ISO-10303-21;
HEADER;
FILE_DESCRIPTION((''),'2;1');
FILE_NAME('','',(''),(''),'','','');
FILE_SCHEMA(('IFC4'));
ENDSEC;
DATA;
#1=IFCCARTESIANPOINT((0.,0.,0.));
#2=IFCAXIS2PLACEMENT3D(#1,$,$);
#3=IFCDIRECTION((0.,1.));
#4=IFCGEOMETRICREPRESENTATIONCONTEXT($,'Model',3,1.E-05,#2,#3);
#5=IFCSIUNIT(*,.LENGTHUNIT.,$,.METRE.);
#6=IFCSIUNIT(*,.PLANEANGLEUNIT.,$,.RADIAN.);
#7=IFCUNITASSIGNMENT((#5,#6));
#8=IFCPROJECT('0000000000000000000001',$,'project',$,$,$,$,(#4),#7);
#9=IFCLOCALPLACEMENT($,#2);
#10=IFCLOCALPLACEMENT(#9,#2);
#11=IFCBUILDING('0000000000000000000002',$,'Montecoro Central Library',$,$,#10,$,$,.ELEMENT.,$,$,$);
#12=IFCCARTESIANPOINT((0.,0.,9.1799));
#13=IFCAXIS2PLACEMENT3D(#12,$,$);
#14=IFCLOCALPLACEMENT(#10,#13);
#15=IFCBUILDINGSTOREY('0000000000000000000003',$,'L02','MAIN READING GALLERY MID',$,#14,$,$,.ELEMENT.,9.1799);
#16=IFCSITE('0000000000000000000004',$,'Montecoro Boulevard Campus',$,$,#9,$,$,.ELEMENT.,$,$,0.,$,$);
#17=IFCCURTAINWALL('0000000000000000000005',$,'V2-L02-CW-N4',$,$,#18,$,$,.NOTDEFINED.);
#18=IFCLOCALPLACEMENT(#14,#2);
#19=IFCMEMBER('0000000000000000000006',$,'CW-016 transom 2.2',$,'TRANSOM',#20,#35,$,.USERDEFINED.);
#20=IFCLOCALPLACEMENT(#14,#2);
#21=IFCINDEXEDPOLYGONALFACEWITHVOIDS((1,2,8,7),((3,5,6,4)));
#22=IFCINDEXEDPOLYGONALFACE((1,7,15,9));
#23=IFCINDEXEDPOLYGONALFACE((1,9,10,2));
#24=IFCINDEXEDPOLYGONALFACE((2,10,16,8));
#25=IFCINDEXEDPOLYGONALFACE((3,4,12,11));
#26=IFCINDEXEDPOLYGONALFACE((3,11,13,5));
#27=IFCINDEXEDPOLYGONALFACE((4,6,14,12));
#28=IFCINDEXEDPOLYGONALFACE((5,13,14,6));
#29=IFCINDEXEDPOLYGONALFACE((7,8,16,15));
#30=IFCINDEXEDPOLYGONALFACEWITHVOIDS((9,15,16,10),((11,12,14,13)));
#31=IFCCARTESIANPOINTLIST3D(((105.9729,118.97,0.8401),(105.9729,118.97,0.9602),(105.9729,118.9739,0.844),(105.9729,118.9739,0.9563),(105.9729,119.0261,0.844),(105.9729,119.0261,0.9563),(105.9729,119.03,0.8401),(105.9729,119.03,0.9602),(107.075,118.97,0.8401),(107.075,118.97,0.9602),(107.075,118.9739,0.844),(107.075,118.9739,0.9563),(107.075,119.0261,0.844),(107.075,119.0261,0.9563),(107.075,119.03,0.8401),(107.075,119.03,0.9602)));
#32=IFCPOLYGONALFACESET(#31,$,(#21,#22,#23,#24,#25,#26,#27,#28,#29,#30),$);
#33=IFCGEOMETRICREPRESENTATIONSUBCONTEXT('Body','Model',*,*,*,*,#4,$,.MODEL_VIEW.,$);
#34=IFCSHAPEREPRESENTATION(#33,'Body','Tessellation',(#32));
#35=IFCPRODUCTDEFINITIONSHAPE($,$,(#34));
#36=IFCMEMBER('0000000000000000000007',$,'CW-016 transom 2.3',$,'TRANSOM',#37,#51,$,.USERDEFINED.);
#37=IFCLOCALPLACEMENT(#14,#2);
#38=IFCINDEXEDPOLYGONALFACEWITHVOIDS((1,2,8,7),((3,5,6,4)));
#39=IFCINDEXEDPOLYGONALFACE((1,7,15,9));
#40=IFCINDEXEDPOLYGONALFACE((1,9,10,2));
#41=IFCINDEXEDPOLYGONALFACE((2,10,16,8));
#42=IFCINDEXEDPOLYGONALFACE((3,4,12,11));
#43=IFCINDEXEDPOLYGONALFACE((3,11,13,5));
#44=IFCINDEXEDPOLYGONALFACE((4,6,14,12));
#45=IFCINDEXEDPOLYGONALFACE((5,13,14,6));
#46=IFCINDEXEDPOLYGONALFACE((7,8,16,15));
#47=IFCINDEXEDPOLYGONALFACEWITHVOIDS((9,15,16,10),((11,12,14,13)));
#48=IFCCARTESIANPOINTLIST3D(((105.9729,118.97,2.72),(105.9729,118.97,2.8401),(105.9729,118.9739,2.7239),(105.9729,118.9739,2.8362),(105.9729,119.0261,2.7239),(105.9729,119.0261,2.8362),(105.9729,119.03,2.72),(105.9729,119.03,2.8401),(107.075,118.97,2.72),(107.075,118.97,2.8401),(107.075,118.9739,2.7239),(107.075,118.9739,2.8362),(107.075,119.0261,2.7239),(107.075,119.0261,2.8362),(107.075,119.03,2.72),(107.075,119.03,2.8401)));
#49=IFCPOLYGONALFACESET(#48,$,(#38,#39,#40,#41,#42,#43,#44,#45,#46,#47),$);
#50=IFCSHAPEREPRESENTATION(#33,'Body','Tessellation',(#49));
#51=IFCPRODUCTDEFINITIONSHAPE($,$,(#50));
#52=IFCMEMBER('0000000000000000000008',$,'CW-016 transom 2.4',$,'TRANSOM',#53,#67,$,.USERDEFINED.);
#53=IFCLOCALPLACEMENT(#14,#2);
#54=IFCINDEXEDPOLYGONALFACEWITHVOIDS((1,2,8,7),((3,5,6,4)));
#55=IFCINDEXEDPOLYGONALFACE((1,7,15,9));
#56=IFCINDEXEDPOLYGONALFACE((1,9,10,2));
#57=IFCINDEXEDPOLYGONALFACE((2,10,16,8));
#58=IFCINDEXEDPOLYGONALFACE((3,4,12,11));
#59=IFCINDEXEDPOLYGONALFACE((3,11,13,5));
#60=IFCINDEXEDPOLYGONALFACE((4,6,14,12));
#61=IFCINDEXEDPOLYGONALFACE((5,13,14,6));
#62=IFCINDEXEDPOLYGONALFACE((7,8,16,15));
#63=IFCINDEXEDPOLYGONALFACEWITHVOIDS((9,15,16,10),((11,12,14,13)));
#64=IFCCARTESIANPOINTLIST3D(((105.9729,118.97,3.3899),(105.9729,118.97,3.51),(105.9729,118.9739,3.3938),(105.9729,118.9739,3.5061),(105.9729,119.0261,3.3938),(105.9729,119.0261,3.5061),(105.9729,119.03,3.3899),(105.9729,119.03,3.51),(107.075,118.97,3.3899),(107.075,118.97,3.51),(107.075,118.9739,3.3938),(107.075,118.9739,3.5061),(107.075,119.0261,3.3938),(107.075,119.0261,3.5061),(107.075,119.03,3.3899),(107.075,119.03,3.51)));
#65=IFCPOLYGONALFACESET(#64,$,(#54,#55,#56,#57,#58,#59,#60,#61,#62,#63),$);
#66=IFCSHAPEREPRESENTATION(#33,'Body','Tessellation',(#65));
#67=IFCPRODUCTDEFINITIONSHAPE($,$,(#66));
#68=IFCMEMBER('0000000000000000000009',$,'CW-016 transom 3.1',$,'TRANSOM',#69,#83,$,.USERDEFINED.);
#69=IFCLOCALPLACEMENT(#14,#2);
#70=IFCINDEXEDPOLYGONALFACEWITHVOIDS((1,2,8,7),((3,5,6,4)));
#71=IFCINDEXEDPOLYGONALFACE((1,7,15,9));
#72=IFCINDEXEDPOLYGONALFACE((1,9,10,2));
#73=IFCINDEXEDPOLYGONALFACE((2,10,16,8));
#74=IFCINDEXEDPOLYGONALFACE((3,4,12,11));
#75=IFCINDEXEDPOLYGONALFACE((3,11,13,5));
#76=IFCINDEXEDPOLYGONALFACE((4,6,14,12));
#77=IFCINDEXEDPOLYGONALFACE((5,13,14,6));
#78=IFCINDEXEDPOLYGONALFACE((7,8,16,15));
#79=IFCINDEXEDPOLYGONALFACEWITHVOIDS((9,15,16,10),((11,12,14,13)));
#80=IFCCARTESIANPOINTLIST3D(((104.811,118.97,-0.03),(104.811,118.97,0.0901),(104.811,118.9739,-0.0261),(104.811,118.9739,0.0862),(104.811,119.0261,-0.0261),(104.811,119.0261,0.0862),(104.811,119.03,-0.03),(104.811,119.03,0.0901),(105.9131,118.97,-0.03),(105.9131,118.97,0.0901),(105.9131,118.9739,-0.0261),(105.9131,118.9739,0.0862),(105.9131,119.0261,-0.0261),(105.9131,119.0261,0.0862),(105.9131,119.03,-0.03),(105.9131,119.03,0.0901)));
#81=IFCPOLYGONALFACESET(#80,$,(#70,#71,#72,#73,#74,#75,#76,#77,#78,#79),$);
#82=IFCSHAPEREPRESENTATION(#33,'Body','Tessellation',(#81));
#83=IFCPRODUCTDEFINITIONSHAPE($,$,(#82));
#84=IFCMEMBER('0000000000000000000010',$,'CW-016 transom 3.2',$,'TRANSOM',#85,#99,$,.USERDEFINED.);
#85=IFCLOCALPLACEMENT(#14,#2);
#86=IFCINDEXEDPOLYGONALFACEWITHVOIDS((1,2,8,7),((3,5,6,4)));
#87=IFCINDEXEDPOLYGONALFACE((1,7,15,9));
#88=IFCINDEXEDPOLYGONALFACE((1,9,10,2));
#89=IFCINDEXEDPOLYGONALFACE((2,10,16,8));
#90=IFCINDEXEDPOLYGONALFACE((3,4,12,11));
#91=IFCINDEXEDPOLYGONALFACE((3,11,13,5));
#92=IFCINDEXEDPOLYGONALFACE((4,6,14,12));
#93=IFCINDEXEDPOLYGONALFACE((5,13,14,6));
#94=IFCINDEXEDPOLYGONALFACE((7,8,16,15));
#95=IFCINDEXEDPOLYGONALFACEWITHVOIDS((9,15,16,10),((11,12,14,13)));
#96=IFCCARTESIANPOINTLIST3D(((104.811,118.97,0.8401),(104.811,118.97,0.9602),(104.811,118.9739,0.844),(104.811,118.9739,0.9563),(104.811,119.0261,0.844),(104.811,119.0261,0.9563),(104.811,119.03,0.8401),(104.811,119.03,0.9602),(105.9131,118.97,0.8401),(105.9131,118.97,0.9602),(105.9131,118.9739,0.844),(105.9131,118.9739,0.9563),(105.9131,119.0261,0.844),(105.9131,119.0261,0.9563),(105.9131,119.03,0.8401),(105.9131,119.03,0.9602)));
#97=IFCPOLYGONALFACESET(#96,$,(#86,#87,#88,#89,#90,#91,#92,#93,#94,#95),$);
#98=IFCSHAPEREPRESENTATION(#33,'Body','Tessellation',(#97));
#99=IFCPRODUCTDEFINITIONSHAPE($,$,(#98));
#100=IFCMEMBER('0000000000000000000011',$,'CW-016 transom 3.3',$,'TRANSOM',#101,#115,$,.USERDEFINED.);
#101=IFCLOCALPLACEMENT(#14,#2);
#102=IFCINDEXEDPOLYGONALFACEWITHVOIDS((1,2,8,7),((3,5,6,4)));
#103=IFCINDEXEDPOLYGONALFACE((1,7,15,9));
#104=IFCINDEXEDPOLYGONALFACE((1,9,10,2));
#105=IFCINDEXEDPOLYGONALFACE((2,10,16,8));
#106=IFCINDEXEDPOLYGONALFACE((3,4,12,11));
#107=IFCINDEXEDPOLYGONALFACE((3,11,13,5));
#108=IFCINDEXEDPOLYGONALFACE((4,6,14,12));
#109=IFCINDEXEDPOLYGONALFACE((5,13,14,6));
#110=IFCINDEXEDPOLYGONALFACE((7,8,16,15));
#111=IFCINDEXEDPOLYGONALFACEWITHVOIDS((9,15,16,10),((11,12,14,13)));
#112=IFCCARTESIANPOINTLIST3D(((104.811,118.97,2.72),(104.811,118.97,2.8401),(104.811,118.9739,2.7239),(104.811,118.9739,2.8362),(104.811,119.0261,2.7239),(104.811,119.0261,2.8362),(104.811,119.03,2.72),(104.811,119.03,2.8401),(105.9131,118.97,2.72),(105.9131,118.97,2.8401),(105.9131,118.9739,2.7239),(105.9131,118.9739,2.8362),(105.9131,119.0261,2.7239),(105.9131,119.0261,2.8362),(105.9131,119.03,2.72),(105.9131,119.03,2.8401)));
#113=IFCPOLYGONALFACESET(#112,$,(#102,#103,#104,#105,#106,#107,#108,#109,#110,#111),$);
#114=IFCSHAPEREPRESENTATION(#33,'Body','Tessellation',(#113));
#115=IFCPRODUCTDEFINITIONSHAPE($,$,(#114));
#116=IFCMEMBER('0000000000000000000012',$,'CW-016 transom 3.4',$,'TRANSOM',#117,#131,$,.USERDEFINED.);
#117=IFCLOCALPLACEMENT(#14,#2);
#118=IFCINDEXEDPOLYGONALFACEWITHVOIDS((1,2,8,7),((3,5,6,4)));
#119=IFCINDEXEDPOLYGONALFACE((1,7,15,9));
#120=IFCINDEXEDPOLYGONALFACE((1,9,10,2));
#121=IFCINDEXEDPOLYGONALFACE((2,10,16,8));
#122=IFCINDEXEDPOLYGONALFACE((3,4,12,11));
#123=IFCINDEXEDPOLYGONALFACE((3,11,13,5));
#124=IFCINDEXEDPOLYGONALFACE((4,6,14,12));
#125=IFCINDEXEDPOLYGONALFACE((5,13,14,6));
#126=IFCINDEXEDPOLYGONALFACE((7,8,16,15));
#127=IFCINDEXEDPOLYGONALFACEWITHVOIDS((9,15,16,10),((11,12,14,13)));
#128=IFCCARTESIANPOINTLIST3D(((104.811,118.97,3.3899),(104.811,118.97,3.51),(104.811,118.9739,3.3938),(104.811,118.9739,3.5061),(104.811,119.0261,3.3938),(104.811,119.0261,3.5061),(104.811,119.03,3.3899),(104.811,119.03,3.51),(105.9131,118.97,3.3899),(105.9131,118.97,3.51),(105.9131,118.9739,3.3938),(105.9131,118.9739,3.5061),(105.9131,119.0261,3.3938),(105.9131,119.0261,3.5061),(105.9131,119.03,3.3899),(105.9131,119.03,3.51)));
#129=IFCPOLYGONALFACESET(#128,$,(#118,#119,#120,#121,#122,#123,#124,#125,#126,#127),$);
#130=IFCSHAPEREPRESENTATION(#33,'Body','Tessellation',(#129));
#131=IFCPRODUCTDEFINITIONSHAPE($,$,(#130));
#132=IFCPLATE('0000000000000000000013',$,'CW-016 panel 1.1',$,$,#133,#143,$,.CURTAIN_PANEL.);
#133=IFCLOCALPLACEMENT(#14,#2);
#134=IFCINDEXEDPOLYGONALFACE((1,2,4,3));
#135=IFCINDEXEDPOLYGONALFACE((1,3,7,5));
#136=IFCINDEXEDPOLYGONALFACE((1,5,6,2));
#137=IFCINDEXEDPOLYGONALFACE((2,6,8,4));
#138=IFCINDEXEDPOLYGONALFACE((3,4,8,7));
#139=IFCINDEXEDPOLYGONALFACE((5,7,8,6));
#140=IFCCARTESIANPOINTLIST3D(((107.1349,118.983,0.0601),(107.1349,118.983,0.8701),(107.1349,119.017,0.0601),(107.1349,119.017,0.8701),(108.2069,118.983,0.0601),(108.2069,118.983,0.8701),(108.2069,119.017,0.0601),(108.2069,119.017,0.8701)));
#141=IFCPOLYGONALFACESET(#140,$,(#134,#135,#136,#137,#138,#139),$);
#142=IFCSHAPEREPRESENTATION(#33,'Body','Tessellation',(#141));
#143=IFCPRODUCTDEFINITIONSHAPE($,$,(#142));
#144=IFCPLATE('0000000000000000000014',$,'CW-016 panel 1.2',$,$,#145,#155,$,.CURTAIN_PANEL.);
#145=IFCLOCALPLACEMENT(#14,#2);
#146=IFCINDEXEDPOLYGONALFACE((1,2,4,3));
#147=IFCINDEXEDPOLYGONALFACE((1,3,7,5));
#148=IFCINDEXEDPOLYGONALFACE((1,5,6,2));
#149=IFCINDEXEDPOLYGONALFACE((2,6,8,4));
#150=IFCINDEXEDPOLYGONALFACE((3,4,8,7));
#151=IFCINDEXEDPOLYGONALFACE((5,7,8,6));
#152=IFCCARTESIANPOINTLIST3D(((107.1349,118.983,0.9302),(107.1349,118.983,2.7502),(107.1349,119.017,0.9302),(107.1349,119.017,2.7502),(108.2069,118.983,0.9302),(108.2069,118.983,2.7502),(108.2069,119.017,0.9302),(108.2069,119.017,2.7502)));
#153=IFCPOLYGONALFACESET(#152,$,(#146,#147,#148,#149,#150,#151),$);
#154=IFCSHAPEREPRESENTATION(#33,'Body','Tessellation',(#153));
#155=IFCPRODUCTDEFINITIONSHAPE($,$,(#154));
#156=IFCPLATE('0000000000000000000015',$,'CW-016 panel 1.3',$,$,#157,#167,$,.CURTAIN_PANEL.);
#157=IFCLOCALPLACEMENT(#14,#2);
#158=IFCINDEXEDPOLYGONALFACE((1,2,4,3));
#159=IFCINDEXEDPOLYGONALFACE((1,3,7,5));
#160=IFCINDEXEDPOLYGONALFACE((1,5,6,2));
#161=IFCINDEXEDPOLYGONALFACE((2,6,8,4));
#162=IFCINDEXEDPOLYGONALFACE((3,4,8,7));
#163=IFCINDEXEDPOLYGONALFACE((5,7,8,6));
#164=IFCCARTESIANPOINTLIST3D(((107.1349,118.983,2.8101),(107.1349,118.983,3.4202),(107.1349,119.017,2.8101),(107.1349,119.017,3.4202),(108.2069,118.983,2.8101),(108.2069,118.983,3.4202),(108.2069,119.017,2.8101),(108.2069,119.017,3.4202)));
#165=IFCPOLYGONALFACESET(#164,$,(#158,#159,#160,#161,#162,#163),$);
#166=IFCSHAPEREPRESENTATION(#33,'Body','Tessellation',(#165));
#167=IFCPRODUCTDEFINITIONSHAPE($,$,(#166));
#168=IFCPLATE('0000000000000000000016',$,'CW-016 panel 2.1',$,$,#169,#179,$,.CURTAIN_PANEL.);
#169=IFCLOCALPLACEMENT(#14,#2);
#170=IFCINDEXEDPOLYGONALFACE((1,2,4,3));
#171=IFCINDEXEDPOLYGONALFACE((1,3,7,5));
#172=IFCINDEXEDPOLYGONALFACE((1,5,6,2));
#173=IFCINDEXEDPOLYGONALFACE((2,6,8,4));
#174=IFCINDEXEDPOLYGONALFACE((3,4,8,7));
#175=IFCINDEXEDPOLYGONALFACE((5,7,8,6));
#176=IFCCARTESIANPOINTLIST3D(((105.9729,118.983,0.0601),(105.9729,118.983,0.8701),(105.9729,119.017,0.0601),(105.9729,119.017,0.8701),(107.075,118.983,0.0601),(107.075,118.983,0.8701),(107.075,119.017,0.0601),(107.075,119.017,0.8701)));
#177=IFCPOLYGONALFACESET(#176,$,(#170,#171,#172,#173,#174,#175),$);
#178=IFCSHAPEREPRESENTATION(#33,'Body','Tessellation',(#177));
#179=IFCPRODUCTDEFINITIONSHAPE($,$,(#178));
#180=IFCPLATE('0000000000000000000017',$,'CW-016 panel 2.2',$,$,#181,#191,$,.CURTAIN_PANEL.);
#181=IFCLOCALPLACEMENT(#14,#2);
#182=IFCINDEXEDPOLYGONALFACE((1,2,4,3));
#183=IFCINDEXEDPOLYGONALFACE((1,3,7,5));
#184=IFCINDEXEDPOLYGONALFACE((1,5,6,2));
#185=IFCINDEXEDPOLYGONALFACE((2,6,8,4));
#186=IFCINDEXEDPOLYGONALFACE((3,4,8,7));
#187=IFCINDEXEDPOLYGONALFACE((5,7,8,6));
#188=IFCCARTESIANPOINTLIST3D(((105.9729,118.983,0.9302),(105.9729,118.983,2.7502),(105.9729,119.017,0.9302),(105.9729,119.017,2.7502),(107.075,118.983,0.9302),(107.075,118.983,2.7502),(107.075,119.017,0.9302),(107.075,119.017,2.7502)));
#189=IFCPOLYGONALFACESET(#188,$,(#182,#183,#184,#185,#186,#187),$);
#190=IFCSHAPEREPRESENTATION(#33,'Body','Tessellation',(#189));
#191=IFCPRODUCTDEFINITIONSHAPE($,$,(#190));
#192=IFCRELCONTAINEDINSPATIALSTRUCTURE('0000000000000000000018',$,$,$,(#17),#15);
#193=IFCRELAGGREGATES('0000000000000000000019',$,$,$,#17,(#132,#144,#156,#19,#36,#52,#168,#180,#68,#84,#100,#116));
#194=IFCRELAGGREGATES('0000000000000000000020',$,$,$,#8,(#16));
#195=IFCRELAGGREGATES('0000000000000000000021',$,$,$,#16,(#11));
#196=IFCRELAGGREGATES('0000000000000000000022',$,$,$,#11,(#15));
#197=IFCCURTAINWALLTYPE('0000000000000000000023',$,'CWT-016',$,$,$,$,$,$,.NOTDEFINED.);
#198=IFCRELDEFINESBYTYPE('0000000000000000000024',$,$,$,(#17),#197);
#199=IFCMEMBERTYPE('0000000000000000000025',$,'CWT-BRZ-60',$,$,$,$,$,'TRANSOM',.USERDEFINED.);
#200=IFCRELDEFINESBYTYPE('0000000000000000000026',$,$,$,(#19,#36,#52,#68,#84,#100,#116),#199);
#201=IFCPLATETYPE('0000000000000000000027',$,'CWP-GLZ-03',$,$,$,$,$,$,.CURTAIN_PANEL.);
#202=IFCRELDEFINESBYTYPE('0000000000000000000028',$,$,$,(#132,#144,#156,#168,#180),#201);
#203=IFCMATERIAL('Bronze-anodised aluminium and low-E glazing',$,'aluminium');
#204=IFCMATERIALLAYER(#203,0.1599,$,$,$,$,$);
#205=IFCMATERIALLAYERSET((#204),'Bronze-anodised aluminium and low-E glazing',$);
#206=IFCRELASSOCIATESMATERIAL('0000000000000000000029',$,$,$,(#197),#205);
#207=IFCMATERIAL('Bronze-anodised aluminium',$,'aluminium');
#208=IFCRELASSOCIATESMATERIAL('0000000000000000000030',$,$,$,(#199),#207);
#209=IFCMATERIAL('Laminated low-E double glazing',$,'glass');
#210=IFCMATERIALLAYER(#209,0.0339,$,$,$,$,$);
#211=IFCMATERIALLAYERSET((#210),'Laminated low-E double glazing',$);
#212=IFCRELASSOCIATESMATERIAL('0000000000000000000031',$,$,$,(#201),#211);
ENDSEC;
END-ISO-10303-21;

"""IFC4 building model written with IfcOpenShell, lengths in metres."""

from ifc_helpers import new_model, si_unit, direction, frame, origin, origin_2d, place, context, subcontext, project, spatial, rectangle, hollow_rectangle, extrude, material, layer, layer_set, material_profile, profile_set, type_object, element, aggregate, save


model = new_model("IFC4")

# Units and contexts
model_context = context("Model", 3, precision=1e-05, world=origin(), true_north=direction((0.0, 1.0)))
body_context = subcontext(model_context, "Body", "Model", "MODEL_VIEW")
ifc_project = project(units=[si_unit("LENGTHUNIT", "METRE"), si_unit("PLANEANGLEUNIT", "RADIAN")], contexts=[model_context])

# Site, building, storey
site_placement = place(None, origin())
site = spatial("IfcSite", under=ifc_project, at=site_placement, Name="Montecoro Boulevard Campus", CompositionType="ELEMENT", RefElevation=0.0)
building_placement = place(site_placement, origin())
building = spatial("IfcBuilding", under=site, at=building_placement, Name="Montecoro Central Library", CompositionType="ELEMENT")
storey_placement = place(building_placement, frame((0.0, 0.0, 9.1799)))
storey = spatial("IfcBuildingStorey", under=building, at=storey_placement, Name="L02", Description="MAIN READING GALLERY MID", CompositionType="ELEMENT", Elevation=9.1799)

# Curtain wall, members, plates
ifc_material_1 = material(Name="Bronze-anodised aluminium and low-E glazing", Category="aluminium")
ifc_layer_1 = layer(ifc_material_1, 0.1599)
ifc_layer_set_1 = layer_set([ifc_layer_1], Name="Bronze-anodised aluminium and low-E glazing")
curtain_wall_type = type_object("IfcCurtainWallType", Name="CWT-016", PredefinedType="NOTDEFINED", material=ifc_layer_set_1)
curtain_wall_placement = place(storey_placement, origin())
curtain_wall = element("IfcCurtainWall", 1, at=curtain_wall_placement, inside=storey, type_object=curtain_wall_type, Name="V2-L02-CW-N4", PredefinedType="NOTDEFINED")
ifc_material_2 = material(Name="Bronze-anodised aluminium", Category="aluminium")
ifc_material_profile_1 = material_profile(ifc_material_2, hollow_rectangle(XDim=0.0601, YDim=0.1201, WallThickness=0.0039, at=origin_2d()), Name="CWT 120x60x4.0")
ifc_profile_set_1 = profile_set([ifc_material_profile_1], Name="Bronze-anodised aluminium")
member_type_1 = type_object("IfcMemberType", Name="CWT-BRZ-60", ElementType="TRANSOM", PredefinedType="USERDEFINED", material=ifc_profile_set_1)
member_1_placement = place(storey_placement, frame((107.075, 119.0, 0.9001), z_axis=(-1.0, 0.0, 0.0), x_axis=(0.0, -1.0, 0.0)))
member_1 = element("IfcMember", 2, at=member_1_placement, type_object=member_type_1, Name="CW-016 transom 2.2", ObjectType="TRANSOM", PredefinedType="USERDEFINED", context=body_context, shape_type="SweptSolid", body=[
    extrude(hollow_rectangle(XDim=0.0601, YDim=0.1201, WallThickness=0.0039, at=origin_2d()), origin(), (0.0, 0.0, 1.0), 1.1021),
])
member_2_placement = place(storey_placement, frame((107.075, 119.0, 2.78), z_axis=(-1.0, 0.0, 0.0), x_axis=(0.0, -1.0, 0.0)))
member_2 = element("IfcMember", 3, at=member_2_placement, type_object=member_type_1, Name="CW-016 transom 2.3", ObjectType="TRANSOM", PredefinedType="USERDEFINED", context=body_context, shape_type="SweptSolid", body=[
    extrude(hollow_rectangle(XDim=0.0601, YDim=0.1201, WallThickness=0.0039, at=origin_2d()), origin(), (0.0, 0.0, 1.0), 1.1021),
])
member_3_placement = place(storey_placement, frame((107.075, 119.0, 3.45), z_axis=(-1.0, 0.0, 0.0), x_axis=(0.0, -1.0, 0.0)))
member_3 = element("IfcMember", 4, at=member_3_placement, type_object=member_type_1, Name="CW-016 transom 2.4", ObjectType="TRANSOM", PredefinedType="USERDEFINED", context=body_context, shape_type="SweptSolid", body=[
    extrude(hollow_rectangle(XDim=0.0601, YDim=0.1201, WallThickness=0.0039, at=origin_2d()), origin(), (0.0, 0.0, 1.0), 1.1021),
])
member_4_placement = place(storey_placement, frame((105.9131, 119.0, 0.03), z_axis=(-1.0, 0.0, 0.0), x_axis=(0.0, -1.0, 0.0)))
member_4 = element("IfcMember", 5, at=member_4_placement, type_object=member_type_1, Name="CW-016 transom 3.1", ObjectType="TRANSOM", PredefinedType="USERDEFINED", context=body_context, shape_type="SweptSolid", body=[
    extrude(hollow_rectangle(XDim=0.0601, YDim=0.1201, WallThickness=0.0039, at=origin_2d()), origin(), (0.0, 0.0, 1.0), 1.1021),
])
member_5_placement = place(storey_placement, frame((105.9131, 119.0, 0.9001), z_axis=(-1.0, 0.0, 0.0), x_axis=(0.0, -1.0, 0.0)))
member_5 = element("IfcMember", 6, at=member_5_placement, type_object=member_type_1, Name="CW-016 transom 3.2", ObjectType="TRANSOM", PredefinedType="USERDEFINED", context=body_context, shape_type="SweptSolid", body=[
    extrude(hollow_rectangle(XDim=0.0601, YDim=0.1201, WallThickness=0.0039, at=origin_2d()), origin(), (0.0, 0.0, 1.0), 1.1021),
])
member_6_placement = place(storey_placement, frame((105.9131, 119.0, 2.78), z_axis=(-1.0, 0.0, 0.0), x_axis=(0.0, -1.0, 0.0)))
member_6 = element("IfcMember", 7, at=member_6_placement, type_object=member_type_1, Name="CW-016 transom 3.3", ObjectType="TRANSOM", PredefinedType="USERDEFINED", context=body_context, shape_type="SweptSolid", body=[
    extrude(hollow_rectangle(XDim=0.0601, YDim=0.1201, WallThickness=0.0039, at=origin_2d()), origin(), (0.0, 0.0, 1.0), 1.1021),
])
member_7_placement = place(storey_placement, frame((105.9131, 119.0, 3.45), z_axis=(-1.0, 0.0, 0.0), x_axis=(0.0, -1.0, 0.0)))
member_7 = element("IfcMember", 8, at=member_7_placement, type_object=member_type_1, Name="CW-016 transom 3.4", ObjectType="TRANSOM", PredefinedType="USERDEFINED", context=body_context, shape_type="SweptSolid", body=[
    extrude(hollow_rectangle(XDim=0.0601, YDim=0.1201, WallThickness=0.0039, at=origin_2d()), origin(), (0.0, 0.0, 1.0), 1.1021),
])
ifc_material_3 = material(Name="Laminated low-E double glazing", Category="glass")
ifc_layer_2 = layer(ifc_material_3, 0.0339)
ifc_layer_set_2 = layer_set([ifc_layer_2], Name="Laminated low-E double glazing")
plate_type_1 = type_object("IfcPlateType", Name="CWP-GLZ-03", PredefinedType="CURTAIN_PANEL", material=ifc_layer_set_2)
plate_1_placement = place(storey_placement, frame((107.6709, 119.0, 0.0601), z_axis=(0.0, 0.0, 1.0), x_axis=(-1.0, 0.0, 0.0)))
plate_1 = element("IfcPlate", 9, at=plate_1_placement, type_object=plate_type_1, Name="CW-016 panel 1.1", PredefinedType="CURTAIN_PANEL", context=body_context, shape_type="SweptSolid", body=[
    extrude(rectangle(XDim=1.072, YDim=0.0339, at=origin_2d()), origin(), (0.0, 0.0, 1.0), 0.8101),
])
plate_2_placement = place(storey_placement, frame((107.6709, 119.0, 0.9302), z_axis=(0.0, 0.0, 1.0), x_axis=(-1.0, 0.0, 0.0)))
plate_2 = element("IfcPlate", 10, at=plate_2_placement, type_object=plate_type_1, Name="CW-016 panel 1.2", PredefinedType="CURTAIN_PANEL", context=body_context, shape_type="SweptSolid", body=[
    extrude(rectangle(XDim=1.072, YDim=0.0339, at=origin_2d()), origin(), (0.0, 0.0, 1.0), 1.8201),
])
plate_3_placement = place(storey_placement, frame((107.6709, 119.0, 2.8101), z_axis=(0.0, 0.0, 1.0), x_axis=(-1.0, 0.0, 0.0)))
plate_3 = element("IfcPlate", 11, at=plate_3_placement, type_object=plate_type_1, Name="CW-016 panel 1.3", PredefinedType="CURTAIN_PANEL", context=body_context, shape_type="SweptSolid", body=[
    extrude(rectangle(XDim=1.072, YDim=0.0339, at=origin_2d()), origin(), (0.0, 0.0, 1.0), 0.6101),
])
plate_4_placement = place(storey_placement, frame((106.5239, 119.0, 0.0601), z_axis=(0.0, 0.0, 1.0), x_axis=(-1.0, 0.0, 0.0)))
plate_4 = element("IfcPlate", 12, at=plate_4_placement, type_object=plate_type_1, Name="CW-016 panel 2.1", PredefinedType="CURTAIN_PANEL", context=body_context, shape_type="SweptSolid", body=[
    extrude(rectangle(XDim=1.1021, YDim=0.0339, at=origin_2d()), origin(), (0.0, 0.0, 1.0), 0.8101),
])
plate_5_placement = place(storey_placement, frame((106.5239, 119.0, 0.9302), z_axis=(0.0, 0.0, 1.0), x_axis=(-1.0, 0.0, 0.0)))
plate_5 = element("IfcPlate", 13, at=plate_5_placement, type_object=plate_type_1, Name="CW-016 panel 2.2", PredefinedType="CURTAIN_PANEL", context=body_context, shape_type="SweptSolid", body=[
    extrude(rectangle(XDim=1.1021, YDim=0.0339, at=origin_2d()), origin(), (0.0, 0.0, 1.0), 1.8201),
])
aggregate(curtain_wall, [plate_1, plate_2, plate_3, member_1, member_2, member_3, plate_4, plate_5, member_4, member_5, member_6, member_7])

save(model, "model.ifc")
